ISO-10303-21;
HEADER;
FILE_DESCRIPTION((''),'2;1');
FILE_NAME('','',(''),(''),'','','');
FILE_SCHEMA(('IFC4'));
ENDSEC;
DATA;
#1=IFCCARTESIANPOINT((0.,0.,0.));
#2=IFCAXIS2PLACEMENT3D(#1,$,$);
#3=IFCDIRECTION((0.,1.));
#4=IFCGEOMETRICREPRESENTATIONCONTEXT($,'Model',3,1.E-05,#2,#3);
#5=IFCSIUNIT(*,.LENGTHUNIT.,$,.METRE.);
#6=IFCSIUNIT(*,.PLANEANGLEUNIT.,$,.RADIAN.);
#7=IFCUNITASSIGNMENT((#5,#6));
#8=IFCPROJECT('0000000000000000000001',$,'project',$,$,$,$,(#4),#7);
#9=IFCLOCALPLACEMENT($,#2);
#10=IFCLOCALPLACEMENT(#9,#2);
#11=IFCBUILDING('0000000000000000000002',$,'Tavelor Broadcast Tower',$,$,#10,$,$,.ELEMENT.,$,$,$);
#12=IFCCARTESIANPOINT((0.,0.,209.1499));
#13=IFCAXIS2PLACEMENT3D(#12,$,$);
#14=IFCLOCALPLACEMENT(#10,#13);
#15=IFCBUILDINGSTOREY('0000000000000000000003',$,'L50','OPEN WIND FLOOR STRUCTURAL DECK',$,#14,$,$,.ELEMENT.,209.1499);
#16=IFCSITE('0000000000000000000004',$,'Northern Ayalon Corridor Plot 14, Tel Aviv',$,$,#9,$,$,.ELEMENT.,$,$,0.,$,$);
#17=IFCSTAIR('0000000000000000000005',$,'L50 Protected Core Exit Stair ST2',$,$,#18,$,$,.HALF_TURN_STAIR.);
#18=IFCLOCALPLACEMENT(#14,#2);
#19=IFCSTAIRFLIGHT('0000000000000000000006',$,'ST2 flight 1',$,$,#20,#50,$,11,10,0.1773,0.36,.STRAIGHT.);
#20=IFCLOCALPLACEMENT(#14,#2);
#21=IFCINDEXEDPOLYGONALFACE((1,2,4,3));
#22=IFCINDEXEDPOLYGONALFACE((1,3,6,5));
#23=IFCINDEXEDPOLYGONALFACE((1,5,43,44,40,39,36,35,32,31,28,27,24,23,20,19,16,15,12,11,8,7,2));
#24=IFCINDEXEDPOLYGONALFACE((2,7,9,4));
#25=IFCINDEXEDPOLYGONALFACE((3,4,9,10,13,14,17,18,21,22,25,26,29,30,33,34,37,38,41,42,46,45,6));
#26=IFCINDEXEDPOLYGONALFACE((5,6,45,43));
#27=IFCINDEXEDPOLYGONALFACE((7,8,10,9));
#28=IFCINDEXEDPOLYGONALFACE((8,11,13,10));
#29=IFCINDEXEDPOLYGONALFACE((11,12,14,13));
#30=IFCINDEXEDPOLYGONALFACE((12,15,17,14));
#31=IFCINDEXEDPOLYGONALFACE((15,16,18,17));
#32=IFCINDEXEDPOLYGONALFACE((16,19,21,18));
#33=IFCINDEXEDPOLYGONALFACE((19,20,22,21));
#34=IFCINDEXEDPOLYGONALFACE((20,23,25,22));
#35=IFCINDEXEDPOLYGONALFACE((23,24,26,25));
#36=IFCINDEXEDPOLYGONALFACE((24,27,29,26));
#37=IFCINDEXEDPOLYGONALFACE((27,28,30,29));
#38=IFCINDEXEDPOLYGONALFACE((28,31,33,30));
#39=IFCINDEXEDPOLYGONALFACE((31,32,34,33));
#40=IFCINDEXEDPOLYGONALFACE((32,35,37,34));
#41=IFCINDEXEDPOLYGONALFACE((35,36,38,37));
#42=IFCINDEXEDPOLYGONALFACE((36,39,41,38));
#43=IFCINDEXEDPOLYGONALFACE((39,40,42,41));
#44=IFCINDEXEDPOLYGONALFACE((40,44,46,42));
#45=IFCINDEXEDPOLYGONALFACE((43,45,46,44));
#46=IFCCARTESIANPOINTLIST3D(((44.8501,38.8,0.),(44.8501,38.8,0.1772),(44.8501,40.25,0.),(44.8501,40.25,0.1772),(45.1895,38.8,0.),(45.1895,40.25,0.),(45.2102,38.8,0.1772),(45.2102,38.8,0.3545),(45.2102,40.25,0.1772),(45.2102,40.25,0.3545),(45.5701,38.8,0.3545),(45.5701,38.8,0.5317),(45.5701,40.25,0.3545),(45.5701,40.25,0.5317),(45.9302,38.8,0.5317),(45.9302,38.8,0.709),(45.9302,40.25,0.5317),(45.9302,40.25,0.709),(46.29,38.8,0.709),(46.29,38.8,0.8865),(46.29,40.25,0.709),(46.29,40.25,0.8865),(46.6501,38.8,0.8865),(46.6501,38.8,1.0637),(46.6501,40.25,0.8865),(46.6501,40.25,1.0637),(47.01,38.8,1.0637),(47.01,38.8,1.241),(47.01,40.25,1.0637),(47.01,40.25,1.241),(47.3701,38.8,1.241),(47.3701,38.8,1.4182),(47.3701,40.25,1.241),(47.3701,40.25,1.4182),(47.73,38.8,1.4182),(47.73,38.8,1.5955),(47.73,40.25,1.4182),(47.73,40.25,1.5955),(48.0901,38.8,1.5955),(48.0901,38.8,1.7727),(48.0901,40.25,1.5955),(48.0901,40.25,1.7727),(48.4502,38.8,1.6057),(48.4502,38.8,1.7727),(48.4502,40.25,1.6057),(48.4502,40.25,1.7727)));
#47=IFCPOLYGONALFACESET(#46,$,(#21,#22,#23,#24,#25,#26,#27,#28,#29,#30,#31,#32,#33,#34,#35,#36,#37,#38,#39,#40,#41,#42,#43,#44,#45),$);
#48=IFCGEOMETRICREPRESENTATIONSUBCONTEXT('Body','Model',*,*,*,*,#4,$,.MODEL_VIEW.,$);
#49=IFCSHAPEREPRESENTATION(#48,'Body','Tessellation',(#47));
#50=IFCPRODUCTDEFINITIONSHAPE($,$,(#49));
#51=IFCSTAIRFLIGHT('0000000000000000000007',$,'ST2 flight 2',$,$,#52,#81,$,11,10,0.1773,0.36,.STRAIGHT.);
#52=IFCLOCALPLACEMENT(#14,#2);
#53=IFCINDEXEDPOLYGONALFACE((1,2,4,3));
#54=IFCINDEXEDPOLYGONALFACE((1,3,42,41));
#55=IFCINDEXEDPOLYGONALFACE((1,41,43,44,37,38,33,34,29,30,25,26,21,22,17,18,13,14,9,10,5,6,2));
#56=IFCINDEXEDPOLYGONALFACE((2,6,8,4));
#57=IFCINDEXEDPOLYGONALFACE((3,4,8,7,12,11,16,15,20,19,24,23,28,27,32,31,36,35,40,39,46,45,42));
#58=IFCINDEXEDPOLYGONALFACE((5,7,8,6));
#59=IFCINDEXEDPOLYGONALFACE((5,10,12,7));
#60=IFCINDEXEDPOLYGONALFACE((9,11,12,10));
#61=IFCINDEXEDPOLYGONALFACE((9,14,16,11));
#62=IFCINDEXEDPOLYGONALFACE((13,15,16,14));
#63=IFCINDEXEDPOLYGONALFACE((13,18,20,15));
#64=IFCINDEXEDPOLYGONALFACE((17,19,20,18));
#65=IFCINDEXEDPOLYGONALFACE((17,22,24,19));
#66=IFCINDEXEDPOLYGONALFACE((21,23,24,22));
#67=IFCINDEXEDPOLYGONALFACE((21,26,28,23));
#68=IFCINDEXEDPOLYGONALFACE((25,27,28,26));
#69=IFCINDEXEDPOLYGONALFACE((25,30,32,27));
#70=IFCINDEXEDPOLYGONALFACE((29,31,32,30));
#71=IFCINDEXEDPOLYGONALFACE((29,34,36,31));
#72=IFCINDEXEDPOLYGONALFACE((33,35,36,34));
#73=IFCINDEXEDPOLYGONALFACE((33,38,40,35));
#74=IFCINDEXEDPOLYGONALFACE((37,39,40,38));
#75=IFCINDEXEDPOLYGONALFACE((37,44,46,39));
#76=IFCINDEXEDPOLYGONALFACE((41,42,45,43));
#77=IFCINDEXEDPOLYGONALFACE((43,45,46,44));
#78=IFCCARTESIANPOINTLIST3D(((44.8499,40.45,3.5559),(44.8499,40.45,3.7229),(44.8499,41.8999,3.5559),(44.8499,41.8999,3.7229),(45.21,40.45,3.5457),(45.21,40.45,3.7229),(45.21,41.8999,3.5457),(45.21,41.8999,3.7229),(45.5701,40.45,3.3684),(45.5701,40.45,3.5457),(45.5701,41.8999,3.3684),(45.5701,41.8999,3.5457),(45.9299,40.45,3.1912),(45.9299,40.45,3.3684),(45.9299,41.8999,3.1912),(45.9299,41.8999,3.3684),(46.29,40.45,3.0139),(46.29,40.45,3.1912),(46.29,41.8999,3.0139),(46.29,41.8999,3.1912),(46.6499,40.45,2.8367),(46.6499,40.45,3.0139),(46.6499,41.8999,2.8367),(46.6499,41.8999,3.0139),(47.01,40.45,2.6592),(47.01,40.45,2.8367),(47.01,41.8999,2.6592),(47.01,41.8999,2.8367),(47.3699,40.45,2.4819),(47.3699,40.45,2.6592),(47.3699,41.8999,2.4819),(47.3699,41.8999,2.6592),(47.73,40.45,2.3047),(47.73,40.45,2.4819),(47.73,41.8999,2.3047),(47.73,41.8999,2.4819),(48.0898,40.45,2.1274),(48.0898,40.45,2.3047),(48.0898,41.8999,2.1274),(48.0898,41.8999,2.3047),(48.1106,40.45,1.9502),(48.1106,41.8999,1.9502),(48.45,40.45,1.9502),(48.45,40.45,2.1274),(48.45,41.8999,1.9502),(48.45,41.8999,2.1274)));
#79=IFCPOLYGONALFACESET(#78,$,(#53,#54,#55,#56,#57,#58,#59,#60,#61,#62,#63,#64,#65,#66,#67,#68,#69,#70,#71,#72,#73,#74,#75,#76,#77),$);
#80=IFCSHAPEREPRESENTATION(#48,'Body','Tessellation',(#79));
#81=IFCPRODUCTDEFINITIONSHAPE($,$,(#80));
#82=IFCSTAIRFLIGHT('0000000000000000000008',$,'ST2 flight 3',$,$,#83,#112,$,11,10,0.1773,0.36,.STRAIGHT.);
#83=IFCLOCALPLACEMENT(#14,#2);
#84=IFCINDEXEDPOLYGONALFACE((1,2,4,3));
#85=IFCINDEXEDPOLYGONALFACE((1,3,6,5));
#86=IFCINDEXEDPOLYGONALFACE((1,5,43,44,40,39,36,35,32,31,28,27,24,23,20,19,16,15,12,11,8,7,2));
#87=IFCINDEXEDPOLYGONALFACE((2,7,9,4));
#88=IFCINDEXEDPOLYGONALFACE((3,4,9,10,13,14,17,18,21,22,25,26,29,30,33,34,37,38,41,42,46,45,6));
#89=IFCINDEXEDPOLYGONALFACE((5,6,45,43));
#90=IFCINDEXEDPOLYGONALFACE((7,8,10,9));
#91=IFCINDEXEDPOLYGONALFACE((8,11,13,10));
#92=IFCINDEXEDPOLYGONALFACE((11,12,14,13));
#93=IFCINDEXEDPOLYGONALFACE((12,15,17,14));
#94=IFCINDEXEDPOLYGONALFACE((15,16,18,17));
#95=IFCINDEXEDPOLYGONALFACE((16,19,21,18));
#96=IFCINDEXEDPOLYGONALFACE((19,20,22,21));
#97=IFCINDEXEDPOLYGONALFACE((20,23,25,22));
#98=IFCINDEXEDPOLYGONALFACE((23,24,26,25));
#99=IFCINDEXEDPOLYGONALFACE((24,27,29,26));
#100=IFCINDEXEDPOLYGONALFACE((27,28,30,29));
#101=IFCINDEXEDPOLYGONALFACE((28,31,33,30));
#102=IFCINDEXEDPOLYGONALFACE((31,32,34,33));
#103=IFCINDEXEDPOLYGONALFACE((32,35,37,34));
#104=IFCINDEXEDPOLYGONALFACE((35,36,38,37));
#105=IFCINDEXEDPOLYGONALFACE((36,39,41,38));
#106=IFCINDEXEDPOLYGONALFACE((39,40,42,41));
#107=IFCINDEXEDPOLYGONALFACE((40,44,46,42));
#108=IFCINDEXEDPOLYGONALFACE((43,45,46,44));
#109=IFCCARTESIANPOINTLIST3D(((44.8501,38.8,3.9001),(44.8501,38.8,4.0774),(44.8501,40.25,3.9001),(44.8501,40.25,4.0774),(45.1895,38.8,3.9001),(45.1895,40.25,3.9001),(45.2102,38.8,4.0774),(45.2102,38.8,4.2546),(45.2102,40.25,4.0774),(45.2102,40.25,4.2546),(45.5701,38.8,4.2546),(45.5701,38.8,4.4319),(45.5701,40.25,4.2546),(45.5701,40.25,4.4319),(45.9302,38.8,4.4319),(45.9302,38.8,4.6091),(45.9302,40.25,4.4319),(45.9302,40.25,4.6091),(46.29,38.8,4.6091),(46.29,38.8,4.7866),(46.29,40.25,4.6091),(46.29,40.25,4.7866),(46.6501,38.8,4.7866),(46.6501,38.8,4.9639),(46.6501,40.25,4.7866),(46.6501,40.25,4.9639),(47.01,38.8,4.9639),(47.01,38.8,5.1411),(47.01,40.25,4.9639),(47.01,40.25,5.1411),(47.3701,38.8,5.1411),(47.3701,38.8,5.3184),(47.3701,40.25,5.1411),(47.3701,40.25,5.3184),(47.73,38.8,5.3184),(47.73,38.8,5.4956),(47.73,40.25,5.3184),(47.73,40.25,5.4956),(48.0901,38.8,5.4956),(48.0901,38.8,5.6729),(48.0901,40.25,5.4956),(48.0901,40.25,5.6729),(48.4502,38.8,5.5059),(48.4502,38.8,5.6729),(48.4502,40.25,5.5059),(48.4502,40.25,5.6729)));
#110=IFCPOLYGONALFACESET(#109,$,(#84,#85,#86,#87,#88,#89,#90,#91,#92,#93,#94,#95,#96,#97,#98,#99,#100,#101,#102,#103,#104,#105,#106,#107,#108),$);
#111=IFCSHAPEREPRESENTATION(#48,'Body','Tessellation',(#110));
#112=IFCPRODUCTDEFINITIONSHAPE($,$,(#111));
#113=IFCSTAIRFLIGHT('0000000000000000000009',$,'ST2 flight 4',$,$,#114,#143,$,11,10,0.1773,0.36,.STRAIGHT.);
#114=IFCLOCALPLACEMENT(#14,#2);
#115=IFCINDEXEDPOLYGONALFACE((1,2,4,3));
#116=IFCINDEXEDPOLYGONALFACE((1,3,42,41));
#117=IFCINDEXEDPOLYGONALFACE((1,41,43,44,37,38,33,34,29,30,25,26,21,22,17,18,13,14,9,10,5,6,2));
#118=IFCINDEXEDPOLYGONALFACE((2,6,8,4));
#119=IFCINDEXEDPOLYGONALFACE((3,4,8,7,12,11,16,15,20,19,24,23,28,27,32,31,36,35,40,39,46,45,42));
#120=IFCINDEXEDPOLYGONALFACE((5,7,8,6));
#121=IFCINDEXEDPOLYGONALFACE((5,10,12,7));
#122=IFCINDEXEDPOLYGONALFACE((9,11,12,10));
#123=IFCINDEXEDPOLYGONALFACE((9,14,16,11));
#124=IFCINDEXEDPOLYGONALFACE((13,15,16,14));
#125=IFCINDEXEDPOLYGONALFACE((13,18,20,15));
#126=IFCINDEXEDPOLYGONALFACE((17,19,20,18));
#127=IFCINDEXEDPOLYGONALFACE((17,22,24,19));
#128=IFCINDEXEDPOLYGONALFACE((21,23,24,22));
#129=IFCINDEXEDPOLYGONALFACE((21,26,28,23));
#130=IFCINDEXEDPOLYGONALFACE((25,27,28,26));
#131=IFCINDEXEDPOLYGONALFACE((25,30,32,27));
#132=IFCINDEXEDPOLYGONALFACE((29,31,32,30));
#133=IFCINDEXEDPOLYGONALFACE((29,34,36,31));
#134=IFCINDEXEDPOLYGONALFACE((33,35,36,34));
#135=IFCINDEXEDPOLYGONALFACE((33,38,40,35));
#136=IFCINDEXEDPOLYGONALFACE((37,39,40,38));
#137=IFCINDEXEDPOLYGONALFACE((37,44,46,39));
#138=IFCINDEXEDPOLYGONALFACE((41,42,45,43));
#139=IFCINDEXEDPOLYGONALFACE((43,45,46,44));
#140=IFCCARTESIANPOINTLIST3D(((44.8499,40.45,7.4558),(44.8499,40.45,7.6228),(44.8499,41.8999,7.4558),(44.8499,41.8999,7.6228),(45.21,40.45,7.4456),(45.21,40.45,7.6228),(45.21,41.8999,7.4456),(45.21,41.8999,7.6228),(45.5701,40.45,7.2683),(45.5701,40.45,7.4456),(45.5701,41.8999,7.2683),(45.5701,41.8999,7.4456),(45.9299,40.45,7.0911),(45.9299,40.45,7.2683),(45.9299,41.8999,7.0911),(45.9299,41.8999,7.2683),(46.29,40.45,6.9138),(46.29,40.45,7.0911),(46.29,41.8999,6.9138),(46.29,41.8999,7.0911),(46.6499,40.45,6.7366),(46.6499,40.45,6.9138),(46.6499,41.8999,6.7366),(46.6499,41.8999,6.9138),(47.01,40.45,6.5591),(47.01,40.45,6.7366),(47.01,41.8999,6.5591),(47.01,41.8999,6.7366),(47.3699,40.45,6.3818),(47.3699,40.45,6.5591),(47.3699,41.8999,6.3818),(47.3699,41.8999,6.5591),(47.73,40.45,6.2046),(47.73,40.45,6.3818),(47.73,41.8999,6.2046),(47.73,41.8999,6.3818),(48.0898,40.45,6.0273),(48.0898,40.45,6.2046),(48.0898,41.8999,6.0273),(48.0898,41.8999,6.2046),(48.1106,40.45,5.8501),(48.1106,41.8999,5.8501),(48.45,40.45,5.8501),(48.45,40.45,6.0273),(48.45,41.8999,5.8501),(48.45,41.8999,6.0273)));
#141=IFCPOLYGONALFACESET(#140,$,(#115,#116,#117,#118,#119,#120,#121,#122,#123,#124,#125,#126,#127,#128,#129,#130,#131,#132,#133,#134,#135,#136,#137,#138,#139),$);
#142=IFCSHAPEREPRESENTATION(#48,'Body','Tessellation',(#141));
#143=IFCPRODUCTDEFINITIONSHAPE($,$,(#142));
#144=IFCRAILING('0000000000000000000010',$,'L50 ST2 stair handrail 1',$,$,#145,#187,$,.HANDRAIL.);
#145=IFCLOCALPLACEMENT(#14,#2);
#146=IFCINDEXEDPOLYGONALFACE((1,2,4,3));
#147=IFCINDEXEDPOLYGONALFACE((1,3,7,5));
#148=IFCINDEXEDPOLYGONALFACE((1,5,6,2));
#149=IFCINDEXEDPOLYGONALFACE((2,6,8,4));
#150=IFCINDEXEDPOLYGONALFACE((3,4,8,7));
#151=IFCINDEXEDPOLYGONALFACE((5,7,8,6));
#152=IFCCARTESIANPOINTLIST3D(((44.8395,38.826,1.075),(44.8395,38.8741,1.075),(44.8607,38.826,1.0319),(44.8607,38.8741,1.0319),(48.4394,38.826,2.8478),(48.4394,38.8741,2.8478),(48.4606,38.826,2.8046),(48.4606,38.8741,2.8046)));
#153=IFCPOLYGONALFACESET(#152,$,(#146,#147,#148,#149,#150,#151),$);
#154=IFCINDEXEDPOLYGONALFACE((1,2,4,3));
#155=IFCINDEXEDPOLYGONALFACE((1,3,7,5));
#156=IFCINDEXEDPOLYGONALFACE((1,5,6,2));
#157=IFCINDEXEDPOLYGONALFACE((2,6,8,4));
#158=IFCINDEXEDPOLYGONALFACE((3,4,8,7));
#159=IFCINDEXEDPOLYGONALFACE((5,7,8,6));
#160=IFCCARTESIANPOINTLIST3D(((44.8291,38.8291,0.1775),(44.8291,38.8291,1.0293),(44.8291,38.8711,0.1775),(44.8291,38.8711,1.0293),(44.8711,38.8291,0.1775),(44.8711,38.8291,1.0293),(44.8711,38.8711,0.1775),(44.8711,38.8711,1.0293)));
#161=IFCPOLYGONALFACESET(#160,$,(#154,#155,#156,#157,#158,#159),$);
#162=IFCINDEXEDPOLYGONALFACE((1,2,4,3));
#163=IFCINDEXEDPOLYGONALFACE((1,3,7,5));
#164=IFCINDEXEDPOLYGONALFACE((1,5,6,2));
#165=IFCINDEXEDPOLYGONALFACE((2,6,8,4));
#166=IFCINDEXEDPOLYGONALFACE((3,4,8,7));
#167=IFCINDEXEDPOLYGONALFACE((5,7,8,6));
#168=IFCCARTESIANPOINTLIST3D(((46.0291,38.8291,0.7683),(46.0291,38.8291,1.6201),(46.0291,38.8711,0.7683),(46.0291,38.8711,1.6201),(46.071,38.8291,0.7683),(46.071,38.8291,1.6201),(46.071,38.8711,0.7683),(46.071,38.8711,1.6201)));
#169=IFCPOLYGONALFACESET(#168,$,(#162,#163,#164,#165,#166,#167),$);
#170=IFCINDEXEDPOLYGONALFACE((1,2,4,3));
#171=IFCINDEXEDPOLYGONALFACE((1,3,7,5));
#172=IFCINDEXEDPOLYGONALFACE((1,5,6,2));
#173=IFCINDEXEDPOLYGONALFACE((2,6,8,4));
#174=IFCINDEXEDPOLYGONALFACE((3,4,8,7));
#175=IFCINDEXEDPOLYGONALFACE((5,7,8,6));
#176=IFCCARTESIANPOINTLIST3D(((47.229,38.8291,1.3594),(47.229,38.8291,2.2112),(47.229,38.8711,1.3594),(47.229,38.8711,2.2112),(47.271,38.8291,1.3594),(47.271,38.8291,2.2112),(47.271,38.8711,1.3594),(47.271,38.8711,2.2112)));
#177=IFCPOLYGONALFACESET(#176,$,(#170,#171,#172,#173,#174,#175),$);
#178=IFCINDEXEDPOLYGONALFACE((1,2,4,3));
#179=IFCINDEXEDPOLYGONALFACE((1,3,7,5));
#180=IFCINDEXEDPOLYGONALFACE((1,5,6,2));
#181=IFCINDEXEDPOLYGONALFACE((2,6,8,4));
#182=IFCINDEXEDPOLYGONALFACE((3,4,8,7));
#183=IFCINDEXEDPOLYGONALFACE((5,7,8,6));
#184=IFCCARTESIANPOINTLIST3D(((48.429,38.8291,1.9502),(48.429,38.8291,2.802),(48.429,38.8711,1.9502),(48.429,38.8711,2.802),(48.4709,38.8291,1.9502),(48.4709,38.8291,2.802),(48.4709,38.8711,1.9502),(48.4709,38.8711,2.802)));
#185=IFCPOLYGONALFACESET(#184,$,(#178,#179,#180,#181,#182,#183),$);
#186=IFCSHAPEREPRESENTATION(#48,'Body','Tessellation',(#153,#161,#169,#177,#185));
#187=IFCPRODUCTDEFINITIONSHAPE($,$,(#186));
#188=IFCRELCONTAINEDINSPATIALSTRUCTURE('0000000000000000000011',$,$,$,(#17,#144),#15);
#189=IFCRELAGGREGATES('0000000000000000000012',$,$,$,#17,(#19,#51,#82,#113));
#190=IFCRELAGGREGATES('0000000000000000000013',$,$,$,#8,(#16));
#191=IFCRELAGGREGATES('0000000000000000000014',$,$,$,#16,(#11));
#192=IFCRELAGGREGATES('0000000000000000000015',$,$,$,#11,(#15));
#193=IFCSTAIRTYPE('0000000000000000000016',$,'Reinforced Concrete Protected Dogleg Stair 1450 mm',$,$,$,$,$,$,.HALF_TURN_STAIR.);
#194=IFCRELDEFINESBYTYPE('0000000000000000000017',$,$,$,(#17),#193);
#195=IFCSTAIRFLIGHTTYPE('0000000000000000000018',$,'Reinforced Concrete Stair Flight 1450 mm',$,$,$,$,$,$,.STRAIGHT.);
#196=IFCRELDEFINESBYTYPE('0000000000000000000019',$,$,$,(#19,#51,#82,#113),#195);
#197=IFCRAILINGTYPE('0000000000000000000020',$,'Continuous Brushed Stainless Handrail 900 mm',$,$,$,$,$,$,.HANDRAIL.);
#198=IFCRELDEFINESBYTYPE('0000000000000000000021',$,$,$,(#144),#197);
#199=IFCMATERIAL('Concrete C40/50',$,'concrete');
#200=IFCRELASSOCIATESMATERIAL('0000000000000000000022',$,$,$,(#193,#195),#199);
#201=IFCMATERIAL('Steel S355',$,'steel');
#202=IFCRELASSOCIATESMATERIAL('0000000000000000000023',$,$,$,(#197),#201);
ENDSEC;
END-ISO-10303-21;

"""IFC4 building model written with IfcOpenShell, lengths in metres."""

from ifc_helpers import new_model, si_unit, direction, frame, origin, origin_2d, place, context, subcontext, project, spatial, polyline, rectangle, outline, extrude, material, type_object, element, aggregate, save


model = new_model("IFC4")

# Units and contexts
model_context = context("Model", 3, precision=1e-05, world=origin(), true_north=direction((0.0, 1.0)))
body_context = subcontext(model_context, "Body", "Model", "MODEL_VIEW")
ifc_project = project(units=[si_unit("LENGTHUNIT", "METRE"), si_unit("PLANEANGLEUNIT", "RADIAN")], contexts=[model_context])

# Site, building, storey
site_placement = place(None, origin())
site = spatial("IfcSite", under=ifc_project, at=site_placement, Name="Northern Ayalon Corridor Plot 14, Tel Aviv", CompositionType="ELEMENT", RefElevation=0.0)
building_placement = place(site_placement, origin())
building = spatial("IfcBuilding", under=site, at=building_placement, Name="Tavelor Broadcast Tower", CompositionType="ELEMENT")
storey_placement = place(building_placement, frame((0.0, 0.0, 209.1499)))
storey = spatial("IfcBuildingStorey", under=building, at=storey_placement, Name="L50", Description="OPEN WIND FLOOR STRUCTURAL DECK", CompositionType="ELEMENT", Elevation=209.1499)

# Shared definitions
ifc_material_1 = material(Name="Concrete C40/50", Category="concrete")

# Shared definitions
ifc_material_2 = material(Name="Steel S355", Category="steel")

# Stair, stair flights
stair_type = type_object("IfcStairType", Name="Reinforced Concrete Protected Dogleg Stair 1450 mm", PredefinedType="HALF_TURN_STAIR", material=ifc_material_1)
stair_placement = place(storey_placement, origin())
stair = element("IfcStair", 1, at=stair_placement, inside=storey, type_object=stair_type, Name="L50 Protected Core Exit Stair ST2", PredefinedType="HALF_TURN_STAIR")
stair_flight_type = type_object("IfcStairFlightType", Name="Reinforced Concrete Stair Flight 1450 mm", PredefinedType="STRAIGHT", material=ifc_material_1)
stair_flight_1_placement = place(storey_placement, frame((44.8501, 39.5249, 0.0), z_axis=(0.0, 0.0, 1.0), x_axis=(1.0, 0.0, 0.0)))
stair_flight_1 = element("IfcStairFlight", 2, at=stair_flight_1_placement, type_object=stair_flight_type, Name="ST2 flight 1", NumberOfRisers=11, NumberOfTreads=10, PredefinedType="STRAIGHT", RiserHeight=0.1773, TreadLength=0.36, context=body_context, shape_type="SweptSolid", body=[
    extrude(outline(polyline([(0.0, 0.0), (0.0, 0.1772), (0.3601, 0.1772), (0.3601, 0.3545), (0.72, 0.3545), (0.72, 0.5317), (1.0801, 0.5317), (1.0801, 0.709), (1.4399, 0.709), (1.4399, 0.8865), (1.8, 0.8865), (1.8, 1.0637), (2.1599, 1.0637), (2.1599, 1.241), (2.52, 1.241), (2.52, 1.4182), (2.8799, 1.4182), (2.8799, 1.5955), (3.24, 1.5955), (3.24, 1.7727), (3.6001, 1.7727), (3.6001, 1.95), (3.6001, 1.6057), (0.3394, 0.0), (0.0, 0.0)])), frame((0.0, 0.7251, 0.0), z_axis=(0.0, -1.0, 0.0), x_axis=(1.0, 0.0, 0.0)), (0.0, 0.0, 1.0), 1.45),
])
stair_flight_2_placement = place(storey_placement, frame((48.45, 41.175, 1.9502), z_axis=(0.0, 0.0, 1.0), x_axis=(-1.0, 0.0, 0.0)))
stair_flight_2 = element("IfcStairFlight", 3, at=stair_flight_2_placement, type_object=stair_flight_type, Name="ST2 flight 2", NumberOfRisers=11, NumberOfTreads=10, PredefinedType="STRAIGHT", RiserHeight=0.1773, TreadLength=0.36, context=body_context, shape_type="SweptSolid", body=[
    extrude(outline(polyline([(0.0, 0.0), (0.0, 0.1772), (0.3601, 0.1772), (0.3601, 0.3545), (0.72, 0.3545), (0.72, 0.5317), (1.0801, 0.5317), (1.0801, 0.709), (1.4399, 0.709), (1.4399, 0.8865), (1.8, 0.8865), (1.8, 1.0637), (2.1599, 1.0637), (2.1599, 1.241), (2.52, 1.241), (2.52, 1.4182), (2.8799, 1.4182), (2.8799, 1.5955), (3.24, 1.5955), (3.24, 1.7727), (3.6001, 1.7727), (3.6001, 1.95), (3.6001, 1.6057), (0.3394, 0.0), (0.0, 0.0)])), frame((0.0, 0.7251, 0.0), z_axis=(0.0, -1.0, 0.0), x_axis=(1.0, 0.0, 0.0)), (0.0, 0.0, 1.0), 1.45),
])
stair_flight_3_placement = place(storey_placement, frame((44.8501, 39.5249, 3.9001), z_axis=(0.0, 0.0, 1.0), x_axis=(1.0, 0.0, 0.0)))
stair_flight_3 = element("IfcStairFlight", 4, at=stair_flight_3_placement, type_object=stair_flight_type, Name="ST2 flight 3", NumberOfRisers=11, NumberOfTreads=10, PredefinedType="STRAIGHT", RiserHeight=0.1773, TreadLength=0.36, context=body_context, shape_type="SweptSolid", body=[
    extrude(outline(polyline([(0.0, 0.0), (0.0, 0.1772), (0.3601, 0.1772), (0.3601, 0.3545), (0.72, 0.3545), (0.72, 0.5317), (1.0801, 0.5317), (1.0801, 0.709), (1.4399, 0.709), (1.4399, 0.8865), (1.8, 0.8865), (1.8, 1.0637), (2.1599, 1.0637), (2.1599, 1.241), (2.52, 1.241), (2.52, 1.4182), (2.8799, 1.4182), (2.8799, 1.5955), (3.24, 1.5955), (3.24, 1.7727), (3.6001, 1.7727), (3.6001, 1.95), (3.6001, 1.6057), (0.3394, 0.0), (0.0, 0.0)])), frame((0.0, 0.7251, 0.0), z_axis=(0.0, -1.0, 0.0), x_axis=(1.0, 0.0, 0.0)), (0.0, 0.0, 1.0), 1.45),
])
stair_flight_4_placement = place(storey_placement, frame((48.45, 41.175, 5.8501), z_axis=(0.0, 0.0, 1.0), x_axis=(-1.0, 0.0, 0.0)))
stair_flight_4 = element("IfcStairFlight", 5, at=stair_flight_4_placement, type_object=stair_flight_type, Name="ST2 flight 4", NumberOfRisers=11, NumberOfTreads=10, PredefinedType="STRAIGHT", RiserHeight=0.1773, TreadLength=0.36, context=body_context, shape_type="SweptSolid", body=[
    extrude(outline(polyline([(0.0, 0.0), (0.0, 0.1772), (0.3601, 0.1772), (0.3601, 0.3545), (0.72, 0.3545), (0.72, 0.5317), (1.0801, 0.5317), (1.0801, 0.709), (1.4399, 0.709), (1.4399, 0.8865), (1.8, 0.8865), (1.8, 1.0637), (2.1599, 1.0637), (2.1599, 1.241), (2.52, 1.241), (2.52, 1.4182), (2.8799, 1.4182), (2.8799, 1.5955), (3.24, 1.5955), (3.24, 1.7727), (3.6001, 1.7727), (3.6001, 1.95), (3.6001, 1.6057), (0.3394, 0.0), (0.0, 0.0)])), frame((0.0, 0.7251, 0.0), z_axis=(0.0, -1.0, 0.0), x_axis=(1.0, 0.0, 0.0)), (0.0, 0.0, 1.0), 1.45),
])
aggregate(stair, [stair_flight_1, stair_flight_2, stair_flight_3, stair_flight_4])

# Railing
railing_type_1 = type_object("IfcRailingType", Name="Continuous Brushed Stainless Handrail 900 mm", PredefinedType="HANDRAIL", material=ifc_material_2)
railing_1_placement = place(storey_placement, frame((44.8501, 38.8501, 0.1775)))
element("IfcRailing", 6, at=railing_1_placement, inside=storey, type_object=railing_type_1, Name="L50 ST2 stair handrail 1", PredefinedType="HANDRAIL", context=body_context, shape_type="SweptSolid", body=[
    extrude(rectangle(XDim=0.0481, YDim=0.0481, at=origin_2d()), frame((0.0, 0.0, 0.876), z_axis=(0.897124, 0.0, 0.441778), x_axis=(0.0, 1.0, 0.0)), (0.0, 0.0, 1.0), 4.0127),
    extrude(rectangle(XDim=0.042, YDim=0.042, at=origin_2d()), origin(), (0.0, 0.0, 1.0), 0.8518),
    extrude(rectangle(XDim=0.042, YDim=0.042, at=origin_2d()), frame((1.2, 0.0, 0.5908)), (0.0, 0.0, 1.0), 0.8518),
    extrude(rectangle(XDim=0.042, YDim=0.042, at=origin_2d()), frame((2.3999, 0.0, 1.1819)), (0.0, 0.0, 1.0), 0.8518),
    extrude(rectangle(XDim=0.042, YDim=0.042, at=origin_2d()), frame((3.5999, 0.0, 1.7727)), (0.0, 0.0, 1.0), 0.8518),
])

save(model, "model.ifc")
